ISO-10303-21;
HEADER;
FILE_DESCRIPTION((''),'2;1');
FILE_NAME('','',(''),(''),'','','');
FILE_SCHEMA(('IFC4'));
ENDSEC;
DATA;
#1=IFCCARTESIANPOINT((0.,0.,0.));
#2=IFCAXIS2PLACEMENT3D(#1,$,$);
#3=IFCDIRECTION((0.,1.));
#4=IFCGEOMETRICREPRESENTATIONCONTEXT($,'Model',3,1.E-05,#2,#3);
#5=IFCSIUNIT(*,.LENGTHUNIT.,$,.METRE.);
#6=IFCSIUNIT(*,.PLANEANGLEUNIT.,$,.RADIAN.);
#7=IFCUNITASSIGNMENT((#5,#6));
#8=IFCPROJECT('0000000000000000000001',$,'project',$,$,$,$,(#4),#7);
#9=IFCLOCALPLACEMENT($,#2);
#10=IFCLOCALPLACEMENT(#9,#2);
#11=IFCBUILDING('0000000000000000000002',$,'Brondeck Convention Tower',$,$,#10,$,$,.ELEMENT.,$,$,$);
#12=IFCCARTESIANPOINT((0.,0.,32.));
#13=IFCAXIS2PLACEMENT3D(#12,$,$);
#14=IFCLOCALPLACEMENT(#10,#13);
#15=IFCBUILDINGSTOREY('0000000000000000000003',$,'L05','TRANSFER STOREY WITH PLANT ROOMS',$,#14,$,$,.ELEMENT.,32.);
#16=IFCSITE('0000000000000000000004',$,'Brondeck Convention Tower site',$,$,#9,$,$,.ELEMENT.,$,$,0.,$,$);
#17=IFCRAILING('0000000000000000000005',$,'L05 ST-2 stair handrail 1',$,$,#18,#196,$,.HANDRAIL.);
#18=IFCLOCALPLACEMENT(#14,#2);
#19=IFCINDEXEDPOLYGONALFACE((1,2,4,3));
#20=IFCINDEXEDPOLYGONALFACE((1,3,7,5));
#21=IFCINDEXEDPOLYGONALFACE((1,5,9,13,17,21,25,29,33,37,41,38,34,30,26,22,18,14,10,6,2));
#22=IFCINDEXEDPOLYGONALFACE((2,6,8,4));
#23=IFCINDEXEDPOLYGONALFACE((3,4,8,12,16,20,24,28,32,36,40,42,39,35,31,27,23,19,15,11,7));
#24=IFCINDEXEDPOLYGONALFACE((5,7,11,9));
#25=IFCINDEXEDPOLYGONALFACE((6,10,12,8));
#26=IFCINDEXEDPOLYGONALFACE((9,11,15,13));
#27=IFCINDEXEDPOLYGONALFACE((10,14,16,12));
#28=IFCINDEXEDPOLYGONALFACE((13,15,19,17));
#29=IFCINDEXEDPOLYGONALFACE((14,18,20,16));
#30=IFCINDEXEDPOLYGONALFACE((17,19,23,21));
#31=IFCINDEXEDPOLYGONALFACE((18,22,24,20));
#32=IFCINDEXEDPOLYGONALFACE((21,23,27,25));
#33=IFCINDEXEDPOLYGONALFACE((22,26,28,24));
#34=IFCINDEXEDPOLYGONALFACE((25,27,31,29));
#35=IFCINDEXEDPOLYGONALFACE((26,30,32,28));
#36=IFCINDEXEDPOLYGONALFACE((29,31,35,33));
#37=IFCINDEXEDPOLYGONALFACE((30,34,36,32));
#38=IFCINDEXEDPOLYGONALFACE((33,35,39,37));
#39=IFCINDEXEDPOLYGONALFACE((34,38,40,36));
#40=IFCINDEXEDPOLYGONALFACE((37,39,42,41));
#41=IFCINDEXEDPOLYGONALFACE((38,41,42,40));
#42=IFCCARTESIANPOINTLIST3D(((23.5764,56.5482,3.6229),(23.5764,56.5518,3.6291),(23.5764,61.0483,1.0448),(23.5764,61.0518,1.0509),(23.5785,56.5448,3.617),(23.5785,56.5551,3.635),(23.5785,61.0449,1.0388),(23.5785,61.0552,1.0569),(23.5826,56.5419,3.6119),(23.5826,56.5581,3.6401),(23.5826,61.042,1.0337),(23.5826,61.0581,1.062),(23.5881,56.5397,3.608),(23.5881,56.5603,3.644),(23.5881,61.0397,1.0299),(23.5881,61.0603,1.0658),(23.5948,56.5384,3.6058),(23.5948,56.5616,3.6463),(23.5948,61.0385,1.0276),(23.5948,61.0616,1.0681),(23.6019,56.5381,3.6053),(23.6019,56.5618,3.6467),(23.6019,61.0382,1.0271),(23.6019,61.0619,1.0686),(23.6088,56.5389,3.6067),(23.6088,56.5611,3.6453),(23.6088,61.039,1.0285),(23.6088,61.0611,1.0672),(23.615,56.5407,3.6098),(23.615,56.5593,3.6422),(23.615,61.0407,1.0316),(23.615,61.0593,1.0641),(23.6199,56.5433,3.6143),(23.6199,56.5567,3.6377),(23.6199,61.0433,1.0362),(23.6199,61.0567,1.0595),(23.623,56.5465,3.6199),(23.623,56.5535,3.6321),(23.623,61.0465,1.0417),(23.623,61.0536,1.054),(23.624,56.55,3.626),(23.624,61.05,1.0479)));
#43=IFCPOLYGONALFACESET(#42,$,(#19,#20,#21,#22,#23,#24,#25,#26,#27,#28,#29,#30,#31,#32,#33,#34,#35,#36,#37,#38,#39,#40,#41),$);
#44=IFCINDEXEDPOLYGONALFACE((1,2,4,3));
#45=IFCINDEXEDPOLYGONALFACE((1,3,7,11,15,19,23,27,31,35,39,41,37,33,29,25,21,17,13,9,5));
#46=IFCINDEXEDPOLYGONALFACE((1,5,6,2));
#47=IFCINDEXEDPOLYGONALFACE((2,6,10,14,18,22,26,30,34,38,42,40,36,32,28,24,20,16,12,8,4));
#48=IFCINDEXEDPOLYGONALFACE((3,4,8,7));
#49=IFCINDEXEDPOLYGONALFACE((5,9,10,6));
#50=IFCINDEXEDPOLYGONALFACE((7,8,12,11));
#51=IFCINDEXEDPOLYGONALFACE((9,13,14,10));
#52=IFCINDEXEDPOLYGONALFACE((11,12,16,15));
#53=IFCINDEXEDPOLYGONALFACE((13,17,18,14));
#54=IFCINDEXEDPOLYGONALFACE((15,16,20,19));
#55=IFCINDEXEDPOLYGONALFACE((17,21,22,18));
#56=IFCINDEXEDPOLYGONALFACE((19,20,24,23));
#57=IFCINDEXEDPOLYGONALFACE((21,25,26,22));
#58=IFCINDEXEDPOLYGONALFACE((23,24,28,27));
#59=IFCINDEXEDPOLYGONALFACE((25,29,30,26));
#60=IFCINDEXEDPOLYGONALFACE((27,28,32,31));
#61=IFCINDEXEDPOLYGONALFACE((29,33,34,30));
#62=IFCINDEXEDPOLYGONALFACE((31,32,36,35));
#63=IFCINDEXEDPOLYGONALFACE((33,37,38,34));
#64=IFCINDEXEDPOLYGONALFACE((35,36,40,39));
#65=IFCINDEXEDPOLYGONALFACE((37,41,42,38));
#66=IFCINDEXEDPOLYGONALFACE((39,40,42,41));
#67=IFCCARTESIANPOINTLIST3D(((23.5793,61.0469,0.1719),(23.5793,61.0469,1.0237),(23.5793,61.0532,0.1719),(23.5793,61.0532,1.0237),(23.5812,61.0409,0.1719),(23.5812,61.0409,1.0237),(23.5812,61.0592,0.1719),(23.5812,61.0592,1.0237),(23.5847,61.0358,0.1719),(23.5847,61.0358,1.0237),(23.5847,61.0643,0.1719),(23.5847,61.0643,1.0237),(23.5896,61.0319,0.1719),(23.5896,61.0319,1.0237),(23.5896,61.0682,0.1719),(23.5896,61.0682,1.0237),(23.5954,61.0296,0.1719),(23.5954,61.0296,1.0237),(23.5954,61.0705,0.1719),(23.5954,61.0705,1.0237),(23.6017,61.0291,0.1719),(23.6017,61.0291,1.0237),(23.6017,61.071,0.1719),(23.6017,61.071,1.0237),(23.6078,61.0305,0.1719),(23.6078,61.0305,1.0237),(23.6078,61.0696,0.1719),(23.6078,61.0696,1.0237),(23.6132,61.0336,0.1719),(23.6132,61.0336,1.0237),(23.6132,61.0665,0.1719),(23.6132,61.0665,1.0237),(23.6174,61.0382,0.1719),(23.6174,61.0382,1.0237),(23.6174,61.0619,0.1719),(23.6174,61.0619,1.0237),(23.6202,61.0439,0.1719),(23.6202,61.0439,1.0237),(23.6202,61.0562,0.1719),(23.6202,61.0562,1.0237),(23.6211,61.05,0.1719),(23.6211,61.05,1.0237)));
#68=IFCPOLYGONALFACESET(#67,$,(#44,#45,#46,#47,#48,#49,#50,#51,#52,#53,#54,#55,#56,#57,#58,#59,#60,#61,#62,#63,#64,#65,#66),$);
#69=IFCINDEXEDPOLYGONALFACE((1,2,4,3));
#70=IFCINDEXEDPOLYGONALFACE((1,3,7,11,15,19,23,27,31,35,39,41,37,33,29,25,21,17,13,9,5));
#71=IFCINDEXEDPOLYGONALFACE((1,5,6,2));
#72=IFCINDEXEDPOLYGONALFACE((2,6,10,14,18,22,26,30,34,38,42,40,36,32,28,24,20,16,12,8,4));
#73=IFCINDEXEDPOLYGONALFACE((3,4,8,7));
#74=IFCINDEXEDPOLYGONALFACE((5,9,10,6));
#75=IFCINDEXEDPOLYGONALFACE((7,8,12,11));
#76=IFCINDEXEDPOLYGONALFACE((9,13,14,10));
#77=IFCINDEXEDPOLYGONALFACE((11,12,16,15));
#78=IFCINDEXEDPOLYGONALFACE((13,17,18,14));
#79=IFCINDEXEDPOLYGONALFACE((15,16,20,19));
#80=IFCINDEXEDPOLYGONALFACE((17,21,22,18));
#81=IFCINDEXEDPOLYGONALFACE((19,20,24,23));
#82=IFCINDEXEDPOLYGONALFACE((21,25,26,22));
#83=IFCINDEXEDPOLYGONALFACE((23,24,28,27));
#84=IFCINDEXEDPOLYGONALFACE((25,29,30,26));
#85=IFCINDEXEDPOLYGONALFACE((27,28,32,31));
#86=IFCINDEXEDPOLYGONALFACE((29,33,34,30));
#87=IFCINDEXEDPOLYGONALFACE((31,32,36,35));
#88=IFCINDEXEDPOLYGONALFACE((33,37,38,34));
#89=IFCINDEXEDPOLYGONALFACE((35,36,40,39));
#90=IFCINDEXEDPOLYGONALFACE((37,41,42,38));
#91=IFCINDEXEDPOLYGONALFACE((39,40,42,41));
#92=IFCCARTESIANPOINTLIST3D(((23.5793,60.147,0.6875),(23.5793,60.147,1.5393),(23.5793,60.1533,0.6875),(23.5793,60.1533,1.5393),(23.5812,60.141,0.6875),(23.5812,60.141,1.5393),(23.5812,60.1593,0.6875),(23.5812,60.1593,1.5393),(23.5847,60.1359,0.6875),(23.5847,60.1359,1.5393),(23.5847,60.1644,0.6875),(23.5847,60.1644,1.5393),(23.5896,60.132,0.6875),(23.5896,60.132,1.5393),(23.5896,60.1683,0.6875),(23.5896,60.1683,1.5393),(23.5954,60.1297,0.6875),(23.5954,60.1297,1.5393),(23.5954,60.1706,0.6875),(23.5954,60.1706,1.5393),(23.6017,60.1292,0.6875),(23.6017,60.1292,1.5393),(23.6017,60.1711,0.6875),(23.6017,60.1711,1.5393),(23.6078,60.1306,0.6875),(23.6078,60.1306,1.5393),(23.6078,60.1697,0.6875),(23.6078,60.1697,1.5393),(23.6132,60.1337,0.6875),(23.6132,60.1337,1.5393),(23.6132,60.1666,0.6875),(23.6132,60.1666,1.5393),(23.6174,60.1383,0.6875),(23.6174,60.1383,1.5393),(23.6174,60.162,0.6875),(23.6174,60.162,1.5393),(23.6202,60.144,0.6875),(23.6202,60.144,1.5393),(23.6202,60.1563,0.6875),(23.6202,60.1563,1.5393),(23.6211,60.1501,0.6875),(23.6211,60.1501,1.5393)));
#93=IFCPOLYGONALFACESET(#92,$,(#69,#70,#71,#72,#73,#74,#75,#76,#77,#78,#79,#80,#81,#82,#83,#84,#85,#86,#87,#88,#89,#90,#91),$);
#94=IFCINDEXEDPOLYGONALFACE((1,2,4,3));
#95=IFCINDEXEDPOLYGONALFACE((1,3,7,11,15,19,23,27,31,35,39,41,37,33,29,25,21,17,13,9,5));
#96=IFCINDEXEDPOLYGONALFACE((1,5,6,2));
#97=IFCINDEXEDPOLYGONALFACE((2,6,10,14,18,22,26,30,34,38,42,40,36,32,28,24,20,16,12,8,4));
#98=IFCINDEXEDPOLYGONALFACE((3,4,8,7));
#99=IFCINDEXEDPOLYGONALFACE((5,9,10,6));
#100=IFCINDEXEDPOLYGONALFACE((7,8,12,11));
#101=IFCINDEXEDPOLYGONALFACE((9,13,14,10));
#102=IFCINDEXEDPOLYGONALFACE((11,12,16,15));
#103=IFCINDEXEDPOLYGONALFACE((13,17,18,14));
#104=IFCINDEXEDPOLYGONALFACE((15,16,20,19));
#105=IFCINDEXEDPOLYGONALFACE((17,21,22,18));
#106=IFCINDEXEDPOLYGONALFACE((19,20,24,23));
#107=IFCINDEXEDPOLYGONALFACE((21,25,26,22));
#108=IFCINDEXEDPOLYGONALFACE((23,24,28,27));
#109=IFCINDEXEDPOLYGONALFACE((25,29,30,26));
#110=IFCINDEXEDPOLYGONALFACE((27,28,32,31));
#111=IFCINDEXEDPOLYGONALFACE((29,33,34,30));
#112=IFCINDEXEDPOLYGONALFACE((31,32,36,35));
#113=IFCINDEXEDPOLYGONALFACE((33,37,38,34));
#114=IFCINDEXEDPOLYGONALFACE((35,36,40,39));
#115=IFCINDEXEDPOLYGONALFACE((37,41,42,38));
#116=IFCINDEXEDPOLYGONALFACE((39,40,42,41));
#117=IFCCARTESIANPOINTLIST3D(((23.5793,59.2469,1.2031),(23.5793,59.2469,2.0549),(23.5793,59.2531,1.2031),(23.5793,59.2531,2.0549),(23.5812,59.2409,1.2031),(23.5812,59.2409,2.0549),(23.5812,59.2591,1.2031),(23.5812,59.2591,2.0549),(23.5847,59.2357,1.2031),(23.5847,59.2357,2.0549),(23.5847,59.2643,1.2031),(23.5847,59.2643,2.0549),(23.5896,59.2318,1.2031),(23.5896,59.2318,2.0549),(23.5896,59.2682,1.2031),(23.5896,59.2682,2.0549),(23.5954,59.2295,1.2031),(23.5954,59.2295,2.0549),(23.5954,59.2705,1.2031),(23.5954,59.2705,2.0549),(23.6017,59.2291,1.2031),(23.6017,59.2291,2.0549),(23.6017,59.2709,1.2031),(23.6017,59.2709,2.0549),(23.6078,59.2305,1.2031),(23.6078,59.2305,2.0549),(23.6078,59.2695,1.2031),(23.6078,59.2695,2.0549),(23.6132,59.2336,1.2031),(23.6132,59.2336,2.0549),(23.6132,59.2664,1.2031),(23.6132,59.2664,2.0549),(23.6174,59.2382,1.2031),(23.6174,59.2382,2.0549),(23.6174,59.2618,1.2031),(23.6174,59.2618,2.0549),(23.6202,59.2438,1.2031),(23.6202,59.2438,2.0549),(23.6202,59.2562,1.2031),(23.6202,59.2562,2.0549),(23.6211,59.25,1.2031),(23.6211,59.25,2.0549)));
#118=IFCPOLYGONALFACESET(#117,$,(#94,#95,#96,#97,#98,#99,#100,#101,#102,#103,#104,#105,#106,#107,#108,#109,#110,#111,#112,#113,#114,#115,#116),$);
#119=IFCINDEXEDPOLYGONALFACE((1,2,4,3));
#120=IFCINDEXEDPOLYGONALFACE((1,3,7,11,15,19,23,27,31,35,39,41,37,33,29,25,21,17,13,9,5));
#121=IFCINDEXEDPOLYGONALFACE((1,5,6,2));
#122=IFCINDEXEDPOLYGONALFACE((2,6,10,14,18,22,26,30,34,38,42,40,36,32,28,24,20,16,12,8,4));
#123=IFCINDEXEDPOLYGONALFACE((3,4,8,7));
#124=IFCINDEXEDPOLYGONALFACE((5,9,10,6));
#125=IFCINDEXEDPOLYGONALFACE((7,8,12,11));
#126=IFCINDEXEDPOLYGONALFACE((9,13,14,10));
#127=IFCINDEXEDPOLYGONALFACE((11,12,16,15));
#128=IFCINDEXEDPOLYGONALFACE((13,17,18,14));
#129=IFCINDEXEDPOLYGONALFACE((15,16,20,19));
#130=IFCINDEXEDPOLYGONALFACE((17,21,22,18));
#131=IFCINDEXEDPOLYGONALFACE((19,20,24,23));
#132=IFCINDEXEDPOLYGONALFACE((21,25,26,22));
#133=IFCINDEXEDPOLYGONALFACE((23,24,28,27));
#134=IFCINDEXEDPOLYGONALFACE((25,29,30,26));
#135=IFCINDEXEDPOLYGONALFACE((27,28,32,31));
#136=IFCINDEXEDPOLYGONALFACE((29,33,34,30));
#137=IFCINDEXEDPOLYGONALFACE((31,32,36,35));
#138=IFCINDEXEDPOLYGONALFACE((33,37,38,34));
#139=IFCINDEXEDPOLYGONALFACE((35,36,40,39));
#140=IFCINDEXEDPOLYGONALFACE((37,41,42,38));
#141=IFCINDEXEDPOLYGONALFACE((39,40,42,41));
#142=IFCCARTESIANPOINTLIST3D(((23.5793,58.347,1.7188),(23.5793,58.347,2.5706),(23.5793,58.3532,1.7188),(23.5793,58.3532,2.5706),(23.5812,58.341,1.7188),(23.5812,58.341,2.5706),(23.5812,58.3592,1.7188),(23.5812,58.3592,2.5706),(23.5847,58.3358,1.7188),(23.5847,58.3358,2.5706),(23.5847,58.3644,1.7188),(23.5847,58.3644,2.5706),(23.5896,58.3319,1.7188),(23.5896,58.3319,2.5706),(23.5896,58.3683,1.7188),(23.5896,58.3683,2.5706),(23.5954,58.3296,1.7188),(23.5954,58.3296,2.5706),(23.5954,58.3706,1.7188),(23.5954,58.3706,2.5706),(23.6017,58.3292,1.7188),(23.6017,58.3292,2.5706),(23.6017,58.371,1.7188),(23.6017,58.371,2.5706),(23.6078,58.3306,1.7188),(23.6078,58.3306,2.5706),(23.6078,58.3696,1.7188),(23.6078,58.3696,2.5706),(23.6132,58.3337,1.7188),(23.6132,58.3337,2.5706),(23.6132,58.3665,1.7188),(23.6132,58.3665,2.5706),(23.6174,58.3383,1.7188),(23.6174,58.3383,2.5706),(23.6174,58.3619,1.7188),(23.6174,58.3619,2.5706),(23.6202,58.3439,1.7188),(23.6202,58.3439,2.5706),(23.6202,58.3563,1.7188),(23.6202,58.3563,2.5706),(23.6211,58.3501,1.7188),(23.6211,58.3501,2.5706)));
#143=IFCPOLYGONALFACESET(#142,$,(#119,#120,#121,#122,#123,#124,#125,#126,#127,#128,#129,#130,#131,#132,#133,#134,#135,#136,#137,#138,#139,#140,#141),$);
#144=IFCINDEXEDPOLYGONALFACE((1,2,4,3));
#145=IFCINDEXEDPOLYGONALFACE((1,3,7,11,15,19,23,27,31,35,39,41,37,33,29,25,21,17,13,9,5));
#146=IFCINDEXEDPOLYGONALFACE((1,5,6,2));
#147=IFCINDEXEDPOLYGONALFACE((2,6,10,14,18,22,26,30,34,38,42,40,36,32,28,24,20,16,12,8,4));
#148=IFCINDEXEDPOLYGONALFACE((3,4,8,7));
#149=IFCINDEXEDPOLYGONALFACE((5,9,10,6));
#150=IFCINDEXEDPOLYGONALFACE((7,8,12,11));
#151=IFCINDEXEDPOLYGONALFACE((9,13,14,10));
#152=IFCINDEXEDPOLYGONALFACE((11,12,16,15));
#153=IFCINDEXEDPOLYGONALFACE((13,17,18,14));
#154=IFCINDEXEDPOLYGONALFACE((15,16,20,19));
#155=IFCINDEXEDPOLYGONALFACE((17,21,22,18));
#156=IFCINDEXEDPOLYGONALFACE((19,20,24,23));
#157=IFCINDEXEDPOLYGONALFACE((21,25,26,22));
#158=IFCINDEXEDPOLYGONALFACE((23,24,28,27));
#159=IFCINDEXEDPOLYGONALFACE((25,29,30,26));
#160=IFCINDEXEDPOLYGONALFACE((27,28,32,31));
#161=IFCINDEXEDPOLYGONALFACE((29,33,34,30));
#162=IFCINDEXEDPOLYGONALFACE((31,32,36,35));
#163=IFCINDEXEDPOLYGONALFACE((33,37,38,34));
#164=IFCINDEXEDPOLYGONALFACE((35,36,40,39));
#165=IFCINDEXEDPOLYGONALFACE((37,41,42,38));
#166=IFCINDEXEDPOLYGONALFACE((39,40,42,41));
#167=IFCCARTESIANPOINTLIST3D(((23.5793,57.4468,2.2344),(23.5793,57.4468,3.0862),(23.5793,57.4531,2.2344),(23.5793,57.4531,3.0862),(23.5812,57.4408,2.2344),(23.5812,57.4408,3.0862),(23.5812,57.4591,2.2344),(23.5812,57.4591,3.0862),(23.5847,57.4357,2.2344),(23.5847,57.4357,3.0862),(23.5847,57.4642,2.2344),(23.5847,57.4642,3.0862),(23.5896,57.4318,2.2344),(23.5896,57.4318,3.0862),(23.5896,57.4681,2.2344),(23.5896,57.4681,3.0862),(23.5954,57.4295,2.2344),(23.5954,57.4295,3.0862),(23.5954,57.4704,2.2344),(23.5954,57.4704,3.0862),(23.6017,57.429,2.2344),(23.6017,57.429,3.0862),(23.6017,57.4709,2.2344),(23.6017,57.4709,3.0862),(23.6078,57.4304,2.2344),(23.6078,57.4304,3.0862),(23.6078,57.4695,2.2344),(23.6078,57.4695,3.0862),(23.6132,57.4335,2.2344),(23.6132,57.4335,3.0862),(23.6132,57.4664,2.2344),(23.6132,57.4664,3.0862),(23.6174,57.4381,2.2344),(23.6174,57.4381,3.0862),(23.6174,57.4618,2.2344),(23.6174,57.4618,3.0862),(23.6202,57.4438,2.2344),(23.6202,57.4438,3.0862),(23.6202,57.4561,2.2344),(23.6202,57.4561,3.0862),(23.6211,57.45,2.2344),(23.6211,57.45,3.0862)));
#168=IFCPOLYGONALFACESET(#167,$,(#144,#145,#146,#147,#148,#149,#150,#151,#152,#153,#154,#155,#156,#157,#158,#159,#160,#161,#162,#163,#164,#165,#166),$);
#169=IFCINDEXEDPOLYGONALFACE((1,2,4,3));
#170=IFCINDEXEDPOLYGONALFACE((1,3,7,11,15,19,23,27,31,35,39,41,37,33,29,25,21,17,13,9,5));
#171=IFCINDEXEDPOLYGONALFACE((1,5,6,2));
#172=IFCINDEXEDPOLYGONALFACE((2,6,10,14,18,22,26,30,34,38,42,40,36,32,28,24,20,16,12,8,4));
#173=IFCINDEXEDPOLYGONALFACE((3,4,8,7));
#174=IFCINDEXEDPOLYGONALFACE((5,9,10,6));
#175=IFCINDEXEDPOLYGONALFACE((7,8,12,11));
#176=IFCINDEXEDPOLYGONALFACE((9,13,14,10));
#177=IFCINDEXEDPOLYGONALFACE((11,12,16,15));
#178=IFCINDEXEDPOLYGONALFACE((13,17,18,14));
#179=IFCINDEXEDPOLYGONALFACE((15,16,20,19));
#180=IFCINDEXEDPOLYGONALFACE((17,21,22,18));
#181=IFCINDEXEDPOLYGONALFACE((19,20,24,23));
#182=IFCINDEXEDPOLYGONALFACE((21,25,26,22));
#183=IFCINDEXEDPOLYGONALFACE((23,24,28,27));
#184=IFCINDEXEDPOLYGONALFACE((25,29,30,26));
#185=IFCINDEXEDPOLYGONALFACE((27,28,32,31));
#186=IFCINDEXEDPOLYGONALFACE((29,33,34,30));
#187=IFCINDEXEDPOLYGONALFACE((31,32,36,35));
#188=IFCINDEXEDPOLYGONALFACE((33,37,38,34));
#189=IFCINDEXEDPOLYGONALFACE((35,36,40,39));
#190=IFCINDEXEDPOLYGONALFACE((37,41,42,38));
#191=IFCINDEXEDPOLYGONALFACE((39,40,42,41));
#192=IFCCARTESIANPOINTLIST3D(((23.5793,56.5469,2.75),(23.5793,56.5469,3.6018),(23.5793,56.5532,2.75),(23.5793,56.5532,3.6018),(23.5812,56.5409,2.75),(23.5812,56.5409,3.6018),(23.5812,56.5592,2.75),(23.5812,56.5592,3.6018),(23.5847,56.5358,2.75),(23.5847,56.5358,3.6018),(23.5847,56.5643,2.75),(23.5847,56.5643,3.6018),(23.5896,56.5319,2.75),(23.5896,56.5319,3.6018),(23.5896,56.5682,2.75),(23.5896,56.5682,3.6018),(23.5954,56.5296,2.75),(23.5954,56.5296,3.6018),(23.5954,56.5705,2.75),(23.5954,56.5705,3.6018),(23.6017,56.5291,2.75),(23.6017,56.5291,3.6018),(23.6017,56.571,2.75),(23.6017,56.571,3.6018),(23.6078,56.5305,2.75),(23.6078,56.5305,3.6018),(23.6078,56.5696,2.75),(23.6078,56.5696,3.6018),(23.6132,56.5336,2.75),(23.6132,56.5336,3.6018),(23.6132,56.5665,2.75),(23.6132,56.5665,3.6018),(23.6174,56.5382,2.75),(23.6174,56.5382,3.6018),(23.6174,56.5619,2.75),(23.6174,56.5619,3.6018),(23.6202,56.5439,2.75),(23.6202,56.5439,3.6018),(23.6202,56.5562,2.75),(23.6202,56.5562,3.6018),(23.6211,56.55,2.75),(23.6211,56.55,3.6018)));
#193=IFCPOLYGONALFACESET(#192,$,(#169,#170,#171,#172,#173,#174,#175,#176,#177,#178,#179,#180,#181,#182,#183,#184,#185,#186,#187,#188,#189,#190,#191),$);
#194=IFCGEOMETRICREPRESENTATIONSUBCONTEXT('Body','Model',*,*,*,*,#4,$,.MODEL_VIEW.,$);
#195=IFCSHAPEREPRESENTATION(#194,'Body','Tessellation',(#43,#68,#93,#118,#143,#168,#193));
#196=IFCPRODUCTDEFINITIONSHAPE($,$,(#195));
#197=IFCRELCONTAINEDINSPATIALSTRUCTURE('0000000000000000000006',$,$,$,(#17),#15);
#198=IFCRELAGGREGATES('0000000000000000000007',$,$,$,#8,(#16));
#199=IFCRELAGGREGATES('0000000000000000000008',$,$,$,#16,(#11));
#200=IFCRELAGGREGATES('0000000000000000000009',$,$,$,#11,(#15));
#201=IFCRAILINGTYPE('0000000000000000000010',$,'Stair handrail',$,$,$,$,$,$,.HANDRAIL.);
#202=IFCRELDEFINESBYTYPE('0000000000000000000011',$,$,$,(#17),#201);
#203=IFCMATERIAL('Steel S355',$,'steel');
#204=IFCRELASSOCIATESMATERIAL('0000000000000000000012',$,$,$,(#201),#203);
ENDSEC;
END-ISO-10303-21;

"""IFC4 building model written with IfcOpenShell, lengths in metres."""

from ifc_helpers import new_model, si_unit, direction, frame, origin, origin_2d, place, context, subcontext, project, spatial, circle, extrude, material, type_object, element, save


model = new_model("IFC4")

# Units and contexts
model_context = context("Model", 3, precision=1e-05, world=origin(), true_north=direction((0.0, 1.0)))
body_context = subcontext(model_context, "Body", "Model", "MODEL_VIEW")
ifc_project = project(units=[si_unit("LENGTHUNIT", "METRE"), si_unit("PLANEANGLEUNIT", "RADIAN")], contexts=[model_context])

# Site, building, storey
site_placement = place(None, origin())
site = spatial("IfcSite", under=ifc_project, at=site_placement, Name="Brondeck Convention Tower site", CompositionType="ELEMENT", RefElevation=0.0)
building_placement = place(site_placement, origin())
building = spatial("IfcBuilding", under=site, at=building_placement, Name="Brondeck Convention Tower", CompositionType="ELEMENT")
storey_placement = place(building_placement, frame((0.0, 0.0, 32.0)))
storey = spatial("IfcBuildingStorey", under=building, at=storey_placement, Name="L05", Description="TRANSFER STOREY WITH PLANT ROOMS", CompositionType="ELEMENT", Elevation=32.0)

# Railing
ifc_material_1 = material(Name="Steel S355", Category="steel")
railing_type_1 = type_object("IfcRailingType", Name="Stair handrail", PredefinedType="HANDRAIL", material=ifc_material_1)
railing_1_placement = place(storey_placement, frame((23.6001, 61.05, 0.1719)))
element("IfcRailing", 1, at=railing_1_placement, inside=storey, type_object=railing_type_1, Name="L05 ST-2 stair handrail 1", PredefinedType="HANDRAIL", context=body_context, shape_type="SweptSolid", body=[
    extrude(circle(Radius=0.0239, at=origin_2d()), frame((0.0, 0.0, 0.876), z_axis=(0.0, -0.867686, 0.497112), x_axis=(1.0, 0.0, 0.0)), (0.0, 0.0, 1.0), 5.1863),
    extrude(circle(Radius=0.021, at=origin_2d()), origin(), (0.0, 0.0, 1.0), 0.8518),
    extrude(circle(Radius=0.021, at=origin_2d()), frame((0.0, -0.8999, 0.5156)), (0.0, 0.0, 1.0), 0.8518),
    extrude(circle(Radius=0.021, at=origin_2d()), frame((0.0, -1.8, 1.0312)), (0.0, 0.0, 1.0), 0.8518),
    extrude(circle(Radius=0.021, at=origin_2d()), frame((0.0, -2.7, 1.5469)), (0.0, 0.0, 1.0), 0.8518),
    extrude(circle(Radius=0.021, at=origin_2d()), frame((0.0, -3.6001, 2.0625)), (0.0, 0.0, 1.0), 0.8518),
    extrude(circle(Radius=0.021, at=origin_2d()), frame((0.0, -4.5, 2.5781)), (0.0, 0.0, 1.0), 0.8518),
])

save(model, "model.ifc")
